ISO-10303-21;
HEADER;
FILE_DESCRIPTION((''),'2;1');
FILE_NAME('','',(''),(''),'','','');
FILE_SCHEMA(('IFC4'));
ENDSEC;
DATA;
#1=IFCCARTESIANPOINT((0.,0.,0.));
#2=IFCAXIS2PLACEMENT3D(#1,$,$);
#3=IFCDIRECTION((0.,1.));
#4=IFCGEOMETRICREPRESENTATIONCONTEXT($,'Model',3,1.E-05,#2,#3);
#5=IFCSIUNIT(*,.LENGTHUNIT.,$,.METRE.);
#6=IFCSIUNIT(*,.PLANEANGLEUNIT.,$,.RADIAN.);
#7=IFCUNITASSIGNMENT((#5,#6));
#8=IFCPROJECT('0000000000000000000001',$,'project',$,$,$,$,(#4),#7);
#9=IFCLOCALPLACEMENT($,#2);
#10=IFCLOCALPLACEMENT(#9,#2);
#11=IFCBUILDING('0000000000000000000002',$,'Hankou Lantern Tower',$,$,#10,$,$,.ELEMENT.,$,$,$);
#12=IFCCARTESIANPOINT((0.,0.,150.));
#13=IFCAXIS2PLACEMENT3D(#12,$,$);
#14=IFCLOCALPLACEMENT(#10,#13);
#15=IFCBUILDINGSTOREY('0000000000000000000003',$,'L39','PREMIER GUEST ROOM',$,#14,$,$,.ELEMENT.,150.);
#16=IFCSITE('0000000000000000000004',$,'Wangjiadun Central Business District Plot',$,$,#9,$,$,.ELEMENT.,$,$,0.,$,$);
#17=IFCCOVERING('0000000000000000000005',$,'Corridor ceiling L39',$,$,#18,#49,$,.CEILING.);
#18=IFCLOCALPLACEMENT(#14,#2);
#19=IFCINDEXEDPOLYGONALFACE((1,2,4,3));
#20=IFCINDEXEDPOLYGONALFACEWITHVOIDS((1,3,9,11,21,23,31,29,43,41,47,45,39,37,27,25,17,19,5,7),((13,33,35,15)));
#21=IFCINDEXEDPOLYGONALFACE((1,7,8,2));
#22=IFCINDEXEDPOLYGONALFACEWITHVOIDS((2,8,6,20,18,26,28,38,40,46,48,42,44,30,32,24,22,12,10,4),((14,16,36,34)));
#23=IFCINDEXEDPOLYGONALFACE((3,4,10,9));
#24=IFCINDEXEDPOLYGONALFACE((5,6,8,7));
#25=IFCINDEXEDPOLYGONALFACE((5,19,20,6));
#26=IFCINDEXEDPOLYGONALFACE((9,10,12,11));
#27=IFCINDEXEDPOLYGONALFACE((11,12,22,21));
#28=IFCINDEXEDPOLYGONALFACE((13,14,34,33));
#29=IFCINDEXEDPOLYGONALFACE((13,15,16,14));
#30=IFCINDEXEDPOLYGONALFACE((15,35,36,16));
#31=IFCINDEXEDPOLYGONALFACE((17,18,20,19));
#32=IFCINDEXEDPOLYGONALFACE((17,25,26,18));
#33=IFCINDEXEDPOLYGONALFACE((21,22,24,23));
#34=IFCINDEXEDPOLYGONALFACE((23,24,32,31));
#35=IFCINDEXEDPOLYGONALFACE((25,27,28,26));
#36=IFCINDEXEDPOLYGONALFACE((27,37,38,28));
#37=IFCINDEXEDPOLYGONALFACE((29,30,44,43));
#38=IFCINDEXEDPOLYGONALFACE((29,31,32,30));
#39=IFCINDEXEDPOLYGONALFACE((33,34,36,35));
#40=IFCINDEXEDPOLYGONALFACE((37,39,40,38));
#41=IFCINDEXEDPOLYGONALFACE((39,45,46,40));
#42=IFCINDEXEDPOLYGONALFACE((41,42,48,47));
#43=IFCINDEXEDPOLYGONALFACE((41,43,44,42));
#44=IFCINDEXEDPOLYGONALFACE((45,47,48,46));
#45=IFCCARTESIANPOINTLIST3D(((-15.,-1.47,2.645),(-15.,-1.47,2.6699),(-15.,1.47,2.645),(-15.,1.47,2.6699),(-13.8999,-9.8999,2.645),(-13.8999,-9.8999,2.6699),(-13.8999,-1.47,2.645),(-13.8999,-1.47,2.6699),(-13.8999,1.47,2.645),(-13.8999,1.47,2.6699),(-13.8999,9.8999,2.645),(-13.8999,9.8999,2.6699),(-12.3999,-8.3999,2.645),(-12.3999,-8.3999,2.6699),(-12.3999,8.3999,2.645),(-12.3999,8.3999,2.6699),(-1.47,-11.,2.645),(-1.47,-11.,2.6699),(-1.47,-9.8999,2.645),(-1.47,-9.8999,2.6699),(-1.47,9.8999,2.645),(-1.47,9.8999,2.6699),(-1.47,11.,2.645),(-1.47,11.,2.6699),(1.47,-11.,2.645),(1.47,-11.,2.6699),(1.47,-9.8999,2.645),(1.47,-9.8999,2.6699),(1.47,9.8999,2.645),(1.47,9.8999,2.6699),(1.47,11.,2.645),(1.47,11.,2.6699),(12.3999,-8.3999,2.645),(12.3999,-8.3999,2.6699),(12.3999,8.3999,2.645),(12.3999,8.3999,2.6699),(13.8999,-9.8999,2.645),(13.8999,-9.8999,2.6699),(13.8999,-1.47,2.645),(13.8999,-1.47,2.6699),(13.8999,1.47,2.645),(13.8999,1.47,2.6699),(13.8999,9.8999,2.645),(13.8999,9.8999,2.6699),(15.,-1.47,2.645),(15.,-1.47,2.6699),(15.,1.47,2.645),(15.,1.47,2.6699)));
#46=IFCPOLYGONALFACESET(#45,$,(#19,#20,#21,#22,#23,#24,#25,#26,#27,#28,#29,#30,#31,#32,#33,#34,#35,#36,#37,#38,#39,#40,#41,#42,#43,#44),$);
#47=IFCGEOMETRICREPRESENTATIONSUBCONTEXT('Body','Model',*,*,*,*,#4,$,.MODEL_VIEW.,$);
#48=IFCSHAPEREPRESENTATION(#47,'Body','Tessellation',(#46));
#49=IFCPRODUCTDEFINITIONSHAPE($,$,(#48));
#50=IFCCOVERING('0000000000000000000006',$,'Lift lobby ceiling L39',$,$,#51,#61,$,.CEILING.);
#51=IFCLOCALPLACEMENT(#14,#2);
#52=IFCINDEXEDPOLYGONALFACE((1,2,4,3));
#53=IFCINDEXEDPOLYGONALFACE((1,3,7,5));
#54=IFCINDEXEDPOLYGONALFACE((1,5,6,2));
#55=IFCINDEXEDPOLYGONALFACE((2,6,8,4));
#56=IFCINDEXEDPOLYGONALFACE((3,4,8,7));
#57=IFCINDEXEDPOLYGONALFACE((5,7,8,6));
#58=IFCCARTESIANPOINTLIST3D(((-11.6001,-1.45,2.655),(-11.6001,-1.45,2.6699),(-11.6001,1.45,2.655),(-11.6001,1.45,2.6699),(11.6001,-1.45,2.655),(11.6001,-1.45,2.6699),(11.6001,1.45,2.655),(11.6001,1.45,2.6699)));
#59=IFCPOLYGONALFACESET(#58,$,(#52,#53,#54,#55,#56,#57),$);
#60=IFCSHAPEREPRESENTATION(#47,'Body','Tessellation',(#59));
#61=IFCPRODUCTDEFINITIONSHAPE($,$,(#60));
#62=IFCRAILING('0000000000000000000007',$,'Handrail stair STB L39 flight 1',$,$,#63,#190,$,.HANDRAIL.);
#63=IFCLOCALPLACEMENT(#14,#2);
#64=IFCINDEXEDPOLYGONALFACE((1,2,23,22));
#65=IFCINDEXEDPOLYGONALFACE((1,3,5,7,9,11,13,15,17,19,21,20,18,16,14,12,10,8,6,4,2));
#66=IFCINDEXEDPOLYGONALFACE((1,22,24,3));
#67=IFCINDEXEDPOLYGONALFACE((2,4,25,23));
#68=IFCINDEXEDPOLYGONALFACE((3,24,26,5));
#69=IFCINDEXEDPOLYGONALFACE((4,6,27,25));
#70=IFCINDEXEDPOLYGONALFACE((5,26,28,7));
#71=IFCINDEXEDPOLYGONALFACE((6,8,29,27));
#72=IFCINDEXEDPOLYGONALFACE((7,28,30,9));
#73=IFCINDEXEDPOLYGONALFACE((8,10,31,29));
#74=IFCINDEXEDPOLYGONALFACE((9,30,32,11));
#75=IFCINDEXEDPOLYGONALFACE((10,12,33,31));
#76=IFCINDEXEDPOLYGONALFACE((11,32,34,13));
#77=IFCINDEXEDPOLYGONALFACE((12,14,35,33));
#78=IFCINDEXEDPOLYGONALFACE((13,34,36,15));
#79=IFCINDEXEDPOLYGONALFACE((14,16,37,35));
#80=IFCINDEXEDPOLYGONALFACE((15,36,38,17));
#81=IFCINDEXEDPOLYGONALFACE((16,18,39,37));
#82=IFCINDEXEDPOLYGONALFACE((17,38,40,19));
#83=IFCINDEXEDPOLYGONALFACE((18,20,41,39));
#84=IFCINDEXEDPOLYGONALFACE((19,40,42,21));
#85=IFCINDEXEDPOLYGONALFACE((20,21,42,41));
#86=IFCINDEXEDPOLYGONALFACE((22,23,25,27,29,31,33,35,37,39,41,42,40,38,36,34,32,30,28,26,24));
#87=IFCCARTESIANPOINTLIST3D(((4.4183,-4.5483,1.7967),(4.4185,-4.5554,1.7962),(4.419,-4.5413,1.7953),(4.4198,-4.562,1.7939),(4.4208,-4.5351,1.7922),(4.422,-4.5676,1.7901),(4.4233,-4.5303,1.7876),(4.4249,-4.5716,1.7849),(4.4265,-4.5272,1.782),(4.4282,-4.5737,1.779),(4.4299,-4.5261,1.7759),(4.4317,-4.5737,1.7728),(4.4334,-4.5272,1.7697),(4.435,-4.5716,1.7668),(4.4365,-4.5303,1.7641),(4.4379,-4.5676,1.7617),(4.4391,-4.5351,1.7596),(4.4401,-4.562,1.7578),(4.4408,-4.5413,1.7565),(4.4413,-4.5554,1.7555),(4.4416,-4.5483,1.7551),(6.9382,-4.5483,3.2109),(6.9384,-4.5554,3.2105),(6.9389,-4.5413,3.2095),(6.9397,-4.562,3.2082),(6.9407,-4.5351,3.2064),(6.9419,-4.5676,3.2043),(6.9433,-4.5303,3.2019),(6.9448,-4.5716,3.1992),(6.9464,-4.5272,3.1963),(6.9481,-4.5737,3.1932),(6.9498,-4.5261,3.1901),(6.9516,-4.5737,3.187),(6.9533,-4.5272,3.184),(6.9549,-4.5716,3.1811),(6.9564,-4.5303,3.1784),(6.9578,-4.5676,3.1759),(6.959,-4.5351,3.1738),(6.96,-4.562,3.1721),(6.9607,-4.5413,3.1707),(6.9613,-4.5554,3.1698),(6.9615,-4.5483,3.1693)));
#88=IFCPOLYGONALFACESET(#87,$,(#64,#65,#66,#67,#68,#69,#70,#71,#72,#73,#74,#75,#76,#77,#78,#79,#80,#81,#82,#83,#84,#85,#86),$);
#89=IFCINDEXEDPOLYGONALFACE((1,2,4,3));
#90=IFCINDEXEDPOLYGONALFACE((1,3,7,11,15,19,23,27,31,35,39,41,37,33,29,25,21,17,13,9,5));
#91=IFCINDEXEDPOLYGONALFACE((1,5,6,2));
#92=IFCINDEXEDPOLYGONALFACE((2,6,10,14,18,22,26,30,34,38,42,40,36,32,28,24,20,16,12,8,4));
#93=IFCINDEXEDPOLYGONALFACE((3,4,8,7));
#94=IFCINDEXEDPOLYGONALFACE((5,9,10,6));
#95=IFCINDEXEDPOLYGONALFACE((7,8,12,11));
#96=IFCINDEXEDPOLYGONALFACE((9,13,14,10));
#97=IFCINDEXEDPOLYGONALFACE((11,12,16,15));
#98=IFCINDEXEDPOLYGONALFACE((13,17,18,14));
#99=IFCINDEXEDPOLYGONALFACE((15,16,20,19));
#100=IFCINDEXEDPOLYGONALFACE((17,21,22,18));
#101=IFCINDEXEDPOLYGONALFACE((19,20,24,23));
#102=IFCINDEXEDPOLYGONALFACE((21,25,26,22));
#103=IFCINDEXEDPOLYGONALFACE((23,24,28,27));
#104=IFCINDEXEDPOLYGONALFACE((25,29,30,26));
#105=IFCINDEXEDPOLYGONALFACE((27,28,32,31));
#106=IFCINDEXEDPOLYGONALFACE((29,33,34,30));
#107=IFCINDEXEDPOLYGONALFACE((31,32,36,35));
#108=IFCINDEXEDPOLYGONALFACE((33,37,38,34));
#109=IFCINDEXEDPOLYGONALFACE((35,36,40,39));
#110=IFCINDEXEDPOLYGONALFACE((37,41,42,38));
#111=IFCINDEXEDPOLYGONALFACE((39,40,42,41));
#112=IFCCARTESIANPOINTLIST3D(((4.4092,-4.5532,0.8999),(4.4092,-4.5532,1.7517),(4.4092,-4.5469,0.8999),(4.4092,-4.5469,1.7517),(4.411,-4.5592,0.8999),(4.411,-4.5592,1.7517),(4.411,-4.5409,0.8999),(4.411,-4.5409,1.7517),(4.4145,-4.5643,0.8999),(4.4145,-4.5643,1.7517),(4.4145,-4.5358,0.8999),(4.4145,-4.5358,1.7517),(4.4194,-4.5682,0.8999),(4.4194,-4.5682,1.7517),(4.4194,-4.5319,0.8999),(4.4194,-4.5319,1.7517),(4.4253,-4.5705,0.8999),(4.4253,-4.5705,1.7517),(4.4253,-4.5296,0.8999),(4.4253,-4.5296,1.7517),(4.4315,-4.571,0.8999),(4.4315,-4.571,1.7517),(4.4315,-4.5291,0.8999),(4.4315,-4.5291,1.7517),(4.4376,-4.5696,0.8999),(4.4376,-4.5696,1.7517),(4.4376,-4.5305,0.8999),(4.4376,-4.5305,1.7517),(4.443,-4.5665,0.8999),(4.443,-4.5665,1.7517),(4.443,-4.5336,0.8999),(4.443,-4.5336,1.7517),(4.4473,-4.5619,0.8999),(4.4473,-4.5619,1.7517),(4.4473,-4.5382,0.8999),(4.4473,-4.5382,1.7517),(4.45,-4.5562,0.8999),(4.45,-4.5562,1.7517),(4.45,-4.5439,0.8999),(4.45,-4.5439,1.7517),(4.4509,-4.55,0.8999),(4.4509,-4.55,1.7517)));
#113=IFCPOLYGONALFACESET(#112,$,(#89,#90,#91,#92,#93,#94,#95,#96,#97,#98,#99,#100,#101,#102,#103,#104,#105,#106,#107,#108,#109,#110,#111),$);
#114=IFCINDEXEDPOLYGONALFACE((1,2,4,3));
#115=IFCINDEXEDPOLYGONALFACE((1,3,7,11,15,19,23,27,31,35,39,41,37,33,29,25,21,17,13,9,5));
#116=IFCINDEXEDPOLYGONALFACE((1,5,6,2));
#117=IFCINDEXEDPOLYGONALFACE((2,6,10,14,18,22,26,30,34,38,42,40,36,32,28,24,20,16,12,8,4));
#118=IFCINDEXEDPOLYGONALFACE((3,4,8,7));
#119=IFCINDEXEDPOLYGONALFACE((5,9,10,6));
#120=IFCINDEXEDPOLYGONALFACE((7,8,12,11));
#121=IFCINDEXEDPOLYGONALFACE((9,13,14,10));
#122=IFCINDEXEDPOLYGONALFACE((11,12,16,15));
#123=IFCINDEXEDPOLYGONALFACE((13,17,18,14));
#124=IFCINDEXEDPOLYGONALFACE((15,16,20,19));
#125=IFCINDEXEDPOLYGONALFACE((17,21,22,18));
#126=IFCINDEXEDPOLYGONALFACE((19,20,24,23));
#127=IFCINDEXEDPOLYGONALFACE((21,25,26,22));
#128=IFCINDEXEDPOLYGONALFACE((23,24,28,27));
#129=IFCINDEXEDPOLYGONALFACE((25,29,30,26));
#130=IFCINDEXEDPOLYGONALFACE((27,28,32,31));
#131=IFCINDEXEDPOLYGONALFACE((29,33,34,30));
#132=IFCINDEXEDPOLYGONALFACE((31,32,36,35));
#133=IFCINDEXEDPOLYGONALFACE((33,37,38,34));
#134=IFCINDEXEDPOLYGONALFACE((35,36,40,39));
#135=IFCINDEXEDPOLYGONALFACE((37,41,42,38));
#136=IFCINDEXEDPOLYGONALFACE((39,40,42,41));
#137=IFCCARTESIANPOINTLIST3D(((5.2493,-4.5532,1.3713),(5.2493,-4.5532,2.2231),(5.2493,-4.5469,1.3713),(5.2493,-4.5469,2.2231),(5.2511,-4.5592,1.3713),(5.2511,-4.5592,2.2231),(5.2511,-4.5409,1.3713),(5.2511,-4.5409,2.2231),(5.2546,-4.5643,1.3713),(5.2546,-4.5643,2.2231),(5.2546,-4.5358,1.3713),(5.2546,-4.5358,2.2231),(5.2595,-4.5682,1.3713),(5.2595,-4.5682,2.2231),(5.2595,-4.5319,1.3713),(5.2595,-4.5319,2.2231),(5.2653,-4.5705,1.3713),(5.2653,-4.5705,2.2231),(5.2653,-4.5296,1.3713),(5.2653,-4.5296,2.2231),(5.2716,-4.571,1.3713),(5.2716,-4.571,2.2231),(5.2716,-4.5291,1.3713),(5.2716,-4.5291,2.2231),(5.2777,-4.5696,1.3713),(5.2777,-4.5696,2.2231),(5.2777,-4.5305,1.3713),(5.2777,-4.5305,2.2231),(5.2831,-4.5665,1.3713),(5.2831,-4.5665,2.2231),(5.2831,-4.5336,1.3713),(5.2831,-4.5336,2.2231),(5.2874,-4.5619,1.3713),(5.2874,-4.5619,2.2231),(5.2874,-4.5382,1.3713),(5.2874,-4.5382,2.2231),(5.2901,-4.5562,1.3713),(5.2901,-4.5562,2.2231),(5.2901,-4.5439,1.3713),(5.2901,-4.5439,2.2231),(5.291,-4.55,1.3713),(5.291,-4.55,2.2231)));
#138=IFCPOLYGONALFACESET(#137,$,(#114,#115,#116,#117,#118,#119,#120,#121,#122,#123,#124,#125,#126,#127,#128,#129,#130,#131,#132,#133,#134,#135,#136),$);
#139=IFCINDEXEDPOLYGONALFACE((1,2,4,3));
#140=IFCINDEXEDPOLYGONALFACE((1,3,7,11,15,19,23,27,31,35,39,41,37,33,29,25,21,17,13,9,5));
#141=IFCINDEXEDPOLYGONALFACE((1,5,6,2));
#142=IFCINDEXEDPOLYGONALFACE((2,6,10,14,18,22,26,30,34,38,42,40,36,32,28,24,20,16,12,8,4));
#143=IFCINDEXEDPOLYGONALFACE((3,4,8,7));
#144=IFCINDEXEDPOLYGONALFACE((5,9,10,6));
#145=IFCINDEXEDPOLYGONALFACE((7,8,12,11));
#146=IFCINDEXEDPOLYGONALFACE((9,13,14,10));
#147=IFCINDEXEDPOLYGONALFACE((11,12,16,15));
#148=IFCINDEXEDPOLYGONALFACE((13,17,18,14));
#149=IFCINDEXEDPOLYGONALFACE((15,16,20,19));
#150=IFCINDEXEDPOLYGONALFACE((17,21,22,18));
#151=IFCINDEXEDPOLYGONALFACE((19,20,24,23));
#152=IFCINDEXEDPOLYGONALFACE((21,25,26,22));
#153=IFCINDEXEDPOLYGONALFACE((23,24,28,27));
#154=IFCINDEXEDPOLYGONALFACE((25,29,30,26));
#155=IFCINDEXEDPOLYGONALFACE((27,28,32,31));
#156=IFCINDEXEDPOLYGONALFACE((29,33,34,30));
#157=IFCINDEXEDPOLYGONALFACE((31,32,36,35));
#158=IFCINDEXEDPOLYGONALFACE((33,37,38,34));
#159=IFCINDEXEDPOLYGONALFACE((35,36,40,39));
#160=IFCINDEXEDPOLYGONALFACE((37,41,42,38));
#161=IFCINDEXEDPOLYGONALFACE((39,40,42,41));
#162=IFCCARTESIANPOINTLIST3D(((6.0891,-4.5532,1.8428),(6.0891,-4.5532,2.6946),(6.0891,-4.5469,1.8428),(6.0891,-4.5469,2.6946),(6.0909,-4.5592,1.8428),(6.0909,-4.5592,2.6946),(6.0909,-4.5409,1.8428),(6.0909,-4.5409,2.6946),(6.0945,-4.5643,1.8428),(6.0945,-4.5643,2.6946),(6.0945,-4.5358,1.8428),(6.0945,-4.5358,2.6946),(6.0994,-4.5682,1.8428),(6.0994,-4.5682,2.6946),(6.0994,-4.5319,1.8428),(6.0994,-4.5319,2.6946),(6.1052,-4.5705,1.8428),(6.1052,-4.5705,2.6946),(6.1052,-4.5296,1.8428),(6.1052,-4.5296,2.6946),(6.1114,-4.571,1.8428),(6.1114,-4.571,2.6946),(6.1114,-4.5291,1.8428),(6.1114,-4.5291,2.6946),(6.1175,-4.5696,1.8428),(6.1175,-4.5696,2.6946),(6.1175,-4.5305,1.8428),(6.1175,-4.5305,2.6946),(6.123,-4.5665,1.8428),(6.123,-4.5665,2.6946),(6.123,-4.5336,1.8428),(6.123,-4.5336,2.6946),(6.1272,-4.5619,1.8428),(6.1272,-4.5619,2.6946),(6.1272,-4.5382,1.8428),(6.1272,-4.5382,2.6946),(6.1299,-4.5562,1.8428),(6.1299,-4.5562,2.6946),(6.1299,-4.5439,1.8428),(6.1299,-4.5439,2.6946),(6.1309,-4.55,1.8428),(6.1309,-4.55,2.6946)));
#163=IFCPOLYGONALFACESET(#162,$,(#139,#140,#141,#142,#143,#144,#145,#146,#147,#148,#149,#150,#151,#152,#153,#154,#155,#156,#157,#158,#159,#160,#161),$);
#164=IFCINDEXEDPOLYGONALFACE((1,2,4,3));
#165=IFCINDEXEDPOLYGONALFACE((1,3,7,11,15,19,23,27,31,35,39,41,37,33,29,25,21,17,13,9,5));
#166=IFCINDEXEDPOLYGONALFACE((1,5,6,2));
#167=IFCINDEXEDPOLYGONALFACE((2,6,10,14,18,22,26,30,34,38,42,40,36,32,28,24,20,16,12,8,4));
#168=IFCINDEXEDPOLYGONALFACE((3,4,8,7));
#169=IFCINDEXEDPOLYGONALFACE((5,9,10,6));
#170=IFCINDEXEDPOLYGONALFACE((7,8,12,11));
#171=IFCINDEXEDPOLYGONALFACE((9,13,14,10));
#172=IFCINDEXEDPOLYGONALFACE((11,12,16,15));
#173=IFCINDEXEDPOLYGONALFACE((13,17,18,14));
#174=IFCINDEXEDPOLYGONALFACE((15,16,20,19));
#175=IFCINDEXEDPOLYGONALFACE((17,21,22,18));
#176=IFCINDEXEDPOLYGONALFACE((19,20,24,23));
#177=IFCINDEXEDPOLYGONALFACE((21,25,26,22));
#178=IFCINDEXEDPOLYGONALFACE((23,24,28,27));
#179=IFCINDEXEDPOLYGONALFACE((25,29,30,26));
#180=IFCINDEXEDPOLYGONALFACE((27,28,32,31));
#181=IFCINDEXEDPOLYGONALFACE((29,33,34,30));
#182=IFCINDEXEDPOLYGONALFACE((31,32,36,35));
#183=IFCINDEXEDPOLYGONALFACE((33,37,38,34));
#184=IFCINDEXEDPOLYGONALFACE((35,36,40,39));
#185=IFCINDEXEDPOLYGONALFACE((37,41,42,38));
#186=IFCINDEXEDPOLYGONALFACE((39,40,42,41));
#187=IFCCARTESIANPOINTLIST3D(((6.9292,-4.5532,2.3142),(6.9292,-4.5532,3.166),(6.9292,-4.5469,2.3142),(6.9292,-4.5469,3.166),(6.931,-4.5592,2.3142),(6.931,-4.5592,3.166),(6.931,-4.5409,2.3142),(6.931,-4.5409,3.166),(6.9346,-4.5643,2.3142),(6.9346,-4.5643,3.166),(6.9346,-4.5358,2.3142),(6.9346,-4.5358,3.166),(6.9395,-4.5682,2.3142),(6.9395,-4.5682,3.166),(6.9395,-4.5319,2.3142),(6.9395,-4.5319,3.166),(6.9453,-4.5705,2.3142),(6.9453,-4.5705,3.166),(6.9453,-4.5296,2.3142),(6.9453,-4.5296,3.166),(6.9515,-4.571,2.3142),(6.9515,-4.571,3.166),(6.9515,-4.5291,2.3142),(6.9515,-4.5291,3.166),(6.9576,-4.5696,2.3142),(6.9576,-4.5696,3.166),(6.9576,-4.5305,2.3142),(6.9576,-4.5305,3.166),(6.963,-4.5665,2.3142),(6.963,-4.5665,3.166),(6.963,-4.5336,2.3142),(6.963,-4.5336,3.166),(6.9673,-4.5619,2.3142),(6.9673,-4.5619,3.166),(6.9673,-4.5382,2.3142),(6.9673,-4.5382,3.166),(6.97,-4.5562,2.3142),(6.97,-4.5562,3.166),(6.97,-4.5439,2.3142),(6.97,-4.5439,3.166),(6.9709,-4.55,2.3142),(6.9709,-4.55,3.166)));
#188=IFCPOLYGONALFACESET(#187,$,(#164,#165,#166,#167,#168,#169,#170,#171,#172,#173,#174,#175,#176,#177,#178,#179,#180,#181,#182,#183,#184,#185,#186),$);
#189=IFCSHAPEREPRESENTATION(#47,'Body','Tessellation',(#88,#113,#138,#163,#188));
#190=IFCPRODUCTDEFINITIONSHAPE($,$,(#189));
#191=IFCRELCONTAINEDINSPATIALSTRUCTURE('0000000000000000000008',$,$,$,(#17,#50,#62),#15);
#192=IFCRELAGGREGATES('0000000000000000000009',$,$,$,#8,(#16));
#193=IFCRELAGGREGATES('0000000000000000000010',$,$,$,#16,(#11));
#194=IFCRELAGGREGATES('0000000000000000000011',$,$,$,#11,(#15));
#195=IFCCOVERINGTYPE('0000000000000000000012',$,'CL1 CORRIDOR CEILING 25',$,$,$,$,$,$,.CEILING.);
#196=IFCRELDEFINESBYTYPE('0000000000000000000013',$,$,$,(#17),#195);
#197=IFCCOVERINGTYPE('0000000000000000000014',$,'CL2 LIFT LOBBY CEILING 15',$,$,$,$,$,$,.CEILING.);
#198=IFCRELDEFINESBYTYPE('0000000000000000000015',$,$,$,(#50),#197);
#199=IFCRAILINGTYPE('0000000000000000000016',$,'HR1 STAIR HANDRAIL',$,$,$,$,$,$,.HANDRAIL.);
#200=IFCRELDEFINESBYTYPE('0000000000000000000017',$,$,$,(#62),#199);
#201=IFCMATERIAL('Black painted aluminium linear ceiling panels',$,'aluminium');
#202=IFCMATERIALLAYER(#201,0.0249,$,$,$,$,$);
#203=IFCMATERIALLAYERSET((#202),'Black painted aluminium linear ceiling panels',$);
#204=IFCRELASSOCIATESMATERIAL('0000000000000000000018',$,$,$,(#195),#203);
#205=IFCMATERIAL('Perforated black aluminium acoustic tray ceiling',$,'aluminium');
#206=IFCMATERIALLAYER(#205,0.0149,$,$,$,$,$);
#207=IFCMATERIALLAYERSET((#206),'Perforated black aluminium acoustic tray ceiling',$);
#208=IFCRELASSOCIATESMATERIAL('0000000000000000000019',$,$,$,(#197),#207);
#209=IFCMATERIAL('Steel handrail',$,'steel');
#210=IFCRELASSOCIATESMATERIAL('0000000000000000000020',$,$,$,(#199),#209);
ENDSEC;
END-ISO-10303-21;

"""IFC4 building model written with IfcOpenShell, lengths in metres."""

from ifc_helpers import new_model, si_unit, direction, frame, origin, origin_2d, place, context, subcontext, project, spatial, polyline, circle, outline, extrude, material, layer, layer_set, type_object, element, save


model = new_model("IFC4")

# Units and contexts
model_context = context("Model", 3, precision=1e-05, world=origin(), true_north=direction((0.0, 1.0)))
body_context = subcontext(model_context, "Body", "Model", "MODEL_VIEW")
ifc_project = project(units=[si_unit("LENGTHUNIT", "METRE"), si_unit("PLANEANGLEUNIT", "RADIAN")], contexts=[model_context])

# Site, building, storey
site_placement = place(None, origin())
site = spatial("IfcSite", under=ifc_project, at=site_placement, Name="Wangjiadun Central Business District Plot", CompositionType="ELEMENT", RefElevation=0.0)
building_placement = place(site_placement, origin())
building = spatial("IfcBuilding", under=site, at=building_placement, Name="Hankou Lantern Tower", CompositionType="ELEMENT")
storey_placement = place(building_placement, frame((0.0, 0.0, 150.0)))
storey = spatial("IfcBuildingStorey", under=building, at=storey_placement, Name="L39", Description="PREMIER GUEST ROOM", CompositionType="ELEMENT", Elevation=150.0)

# Coverings
ifc_material_1 = material(Name="Black painted aluminium linear ceiling panels", Category="aluminium")
ifc_layer_1 = layer(ifc_material_1, 0.0249)
ifc_layer_set_1 = layer_set([ifc_layer_1], Name="Black painted aluminium linear ceiling panels")
covering_type_1 = type_object("IfcCoveringType", Name="CL1 CORRIDOR CEILING 25", PredefinedType="CEILING", material=ifc_layer_set_1)
covering_1_placement = place(storey_placement, frame((0.0, 0.0, 2.645)))
element("IfcCovering", 1, at=covering_1_placement, inside=storey, type_object=covering_type_1, Name="Corridor ceiling L39", PredefinedType="CEILING", context=body_context, shape_type="SweptSolid", body=[
    extrude(outline(polyline([(1.47, -11.0), (1.47, -9.8999), (13.8999, -9.8999), (13.8999, -1.47), (15.0, -1.47), (15.0, 1.47), (13.8999, 1.47), (13.8999, 9.8999), (1.47, 9.8999), (1.47, 11.0), (-1.47, 11.0), (-1.47, 9.8999), (-13.8999, 9.8999), (-13.8999, 1.47), (-15.0, 1.47), (-15.0, -1.47), (-13.8999, -1.47), (-13.8999, -9.8999), (-1.47, -9.8999), (-1.47, -11.0), (1.47, -11.0)]), holes=[polyline([(-12.3999, 8.3999), (12.3999, 8.3999), (12.3999, -8.3999), (-12.3999, -8.3999), (-12.3999, 8.3999)])]), origin(), (0.0, 0.0, 1.0), 0.0249),
])
ifc_material_2 = material(Name="Perforated black aluminium acoustic tray ceiling", Category="aluminium")
ifc_layer_2 = layer(ifc_material_2, 0.0149)
ifc_layer_set_2 = layer_set([ifc_layer_2], Name="Perforated black aluminium acoustic tray ceiling")
covering_type_2 = type_object("IfcCoveringType", Name="CL2 LIFT LOBBY CEILING 15", PredefinedType="CEILING", material=ifc_layer_set_2)
covering_2_placement = place(storey_placement, frame((0.0, 0.0, 2.655)))
element("IfcCovering", 2, at=covering_2_placement, inside=storey, type_object=covering_type_2, Name="Lift lobby ceiling L39", PredefinedType="CEILING", context=body_context, shape_type="SweptSolid", body=[
    extrude(outline(polyline([(-11.6001, -1.45), (11.6001, -1.45), (11.6001, 1.45), (-11.6001, 1.45), (-11.6001, -1.45)])), origin(), (0.0, 0.0, 1.0), 0.0149),
])

# Railing
ifc_material_3 = material(Name="Steel handrail", Category="steel")
railing_type = type_object("IfcRailingType", Name="HR1 STAIR HANDRAIL", PredefinedType="HANDRAIL", material=ifc_material_3)
railing_1_placement = place(storey_placement, frame((4.4299, -4.55, 0.8999)))
element("IfcRailing", 3, at=railing_1_placement, inside=storey, type_object=railing_type, Name="Handrail stair STB L39 flight 1", PredefinedType="HANDRAIL", context=body_context, shape_type="SweptSolid", body=[
    extrude(circle(Radius=0.0239, at=origin_2d()), frame((0.0, 0.0, 0.876), z_axis=(0.872049, 0.0, 0.489419), x_axis=(0.0, 1.0, 0.0)), (0.0, 0.0, 1.0), 2.8896),
    extrude(circle(Radius=0.021, at=origin_2d()), origin(), (0.0, 0.0, 1.0), 0.8518),
    extrude(circle(Radius=0.021, at=origin_2d()), frame((0.8401, 0.0, 0.4714)), (0.0, 0.0, 1.0), 0.8518),
    extrude(circle(Radius=0.021, at=origin_2d()), frame((1.6799, 0.0, 0.9429)), (0.0, 0.0, 1.0), 0.8518),
    extrude(circle(Radius=0.021, at=origin_2d()), frame((2.52, 0.0, 1.4143)), (0.0, 0.0, 1.0), 0.8518),
])

save(model, "model.ifc")
